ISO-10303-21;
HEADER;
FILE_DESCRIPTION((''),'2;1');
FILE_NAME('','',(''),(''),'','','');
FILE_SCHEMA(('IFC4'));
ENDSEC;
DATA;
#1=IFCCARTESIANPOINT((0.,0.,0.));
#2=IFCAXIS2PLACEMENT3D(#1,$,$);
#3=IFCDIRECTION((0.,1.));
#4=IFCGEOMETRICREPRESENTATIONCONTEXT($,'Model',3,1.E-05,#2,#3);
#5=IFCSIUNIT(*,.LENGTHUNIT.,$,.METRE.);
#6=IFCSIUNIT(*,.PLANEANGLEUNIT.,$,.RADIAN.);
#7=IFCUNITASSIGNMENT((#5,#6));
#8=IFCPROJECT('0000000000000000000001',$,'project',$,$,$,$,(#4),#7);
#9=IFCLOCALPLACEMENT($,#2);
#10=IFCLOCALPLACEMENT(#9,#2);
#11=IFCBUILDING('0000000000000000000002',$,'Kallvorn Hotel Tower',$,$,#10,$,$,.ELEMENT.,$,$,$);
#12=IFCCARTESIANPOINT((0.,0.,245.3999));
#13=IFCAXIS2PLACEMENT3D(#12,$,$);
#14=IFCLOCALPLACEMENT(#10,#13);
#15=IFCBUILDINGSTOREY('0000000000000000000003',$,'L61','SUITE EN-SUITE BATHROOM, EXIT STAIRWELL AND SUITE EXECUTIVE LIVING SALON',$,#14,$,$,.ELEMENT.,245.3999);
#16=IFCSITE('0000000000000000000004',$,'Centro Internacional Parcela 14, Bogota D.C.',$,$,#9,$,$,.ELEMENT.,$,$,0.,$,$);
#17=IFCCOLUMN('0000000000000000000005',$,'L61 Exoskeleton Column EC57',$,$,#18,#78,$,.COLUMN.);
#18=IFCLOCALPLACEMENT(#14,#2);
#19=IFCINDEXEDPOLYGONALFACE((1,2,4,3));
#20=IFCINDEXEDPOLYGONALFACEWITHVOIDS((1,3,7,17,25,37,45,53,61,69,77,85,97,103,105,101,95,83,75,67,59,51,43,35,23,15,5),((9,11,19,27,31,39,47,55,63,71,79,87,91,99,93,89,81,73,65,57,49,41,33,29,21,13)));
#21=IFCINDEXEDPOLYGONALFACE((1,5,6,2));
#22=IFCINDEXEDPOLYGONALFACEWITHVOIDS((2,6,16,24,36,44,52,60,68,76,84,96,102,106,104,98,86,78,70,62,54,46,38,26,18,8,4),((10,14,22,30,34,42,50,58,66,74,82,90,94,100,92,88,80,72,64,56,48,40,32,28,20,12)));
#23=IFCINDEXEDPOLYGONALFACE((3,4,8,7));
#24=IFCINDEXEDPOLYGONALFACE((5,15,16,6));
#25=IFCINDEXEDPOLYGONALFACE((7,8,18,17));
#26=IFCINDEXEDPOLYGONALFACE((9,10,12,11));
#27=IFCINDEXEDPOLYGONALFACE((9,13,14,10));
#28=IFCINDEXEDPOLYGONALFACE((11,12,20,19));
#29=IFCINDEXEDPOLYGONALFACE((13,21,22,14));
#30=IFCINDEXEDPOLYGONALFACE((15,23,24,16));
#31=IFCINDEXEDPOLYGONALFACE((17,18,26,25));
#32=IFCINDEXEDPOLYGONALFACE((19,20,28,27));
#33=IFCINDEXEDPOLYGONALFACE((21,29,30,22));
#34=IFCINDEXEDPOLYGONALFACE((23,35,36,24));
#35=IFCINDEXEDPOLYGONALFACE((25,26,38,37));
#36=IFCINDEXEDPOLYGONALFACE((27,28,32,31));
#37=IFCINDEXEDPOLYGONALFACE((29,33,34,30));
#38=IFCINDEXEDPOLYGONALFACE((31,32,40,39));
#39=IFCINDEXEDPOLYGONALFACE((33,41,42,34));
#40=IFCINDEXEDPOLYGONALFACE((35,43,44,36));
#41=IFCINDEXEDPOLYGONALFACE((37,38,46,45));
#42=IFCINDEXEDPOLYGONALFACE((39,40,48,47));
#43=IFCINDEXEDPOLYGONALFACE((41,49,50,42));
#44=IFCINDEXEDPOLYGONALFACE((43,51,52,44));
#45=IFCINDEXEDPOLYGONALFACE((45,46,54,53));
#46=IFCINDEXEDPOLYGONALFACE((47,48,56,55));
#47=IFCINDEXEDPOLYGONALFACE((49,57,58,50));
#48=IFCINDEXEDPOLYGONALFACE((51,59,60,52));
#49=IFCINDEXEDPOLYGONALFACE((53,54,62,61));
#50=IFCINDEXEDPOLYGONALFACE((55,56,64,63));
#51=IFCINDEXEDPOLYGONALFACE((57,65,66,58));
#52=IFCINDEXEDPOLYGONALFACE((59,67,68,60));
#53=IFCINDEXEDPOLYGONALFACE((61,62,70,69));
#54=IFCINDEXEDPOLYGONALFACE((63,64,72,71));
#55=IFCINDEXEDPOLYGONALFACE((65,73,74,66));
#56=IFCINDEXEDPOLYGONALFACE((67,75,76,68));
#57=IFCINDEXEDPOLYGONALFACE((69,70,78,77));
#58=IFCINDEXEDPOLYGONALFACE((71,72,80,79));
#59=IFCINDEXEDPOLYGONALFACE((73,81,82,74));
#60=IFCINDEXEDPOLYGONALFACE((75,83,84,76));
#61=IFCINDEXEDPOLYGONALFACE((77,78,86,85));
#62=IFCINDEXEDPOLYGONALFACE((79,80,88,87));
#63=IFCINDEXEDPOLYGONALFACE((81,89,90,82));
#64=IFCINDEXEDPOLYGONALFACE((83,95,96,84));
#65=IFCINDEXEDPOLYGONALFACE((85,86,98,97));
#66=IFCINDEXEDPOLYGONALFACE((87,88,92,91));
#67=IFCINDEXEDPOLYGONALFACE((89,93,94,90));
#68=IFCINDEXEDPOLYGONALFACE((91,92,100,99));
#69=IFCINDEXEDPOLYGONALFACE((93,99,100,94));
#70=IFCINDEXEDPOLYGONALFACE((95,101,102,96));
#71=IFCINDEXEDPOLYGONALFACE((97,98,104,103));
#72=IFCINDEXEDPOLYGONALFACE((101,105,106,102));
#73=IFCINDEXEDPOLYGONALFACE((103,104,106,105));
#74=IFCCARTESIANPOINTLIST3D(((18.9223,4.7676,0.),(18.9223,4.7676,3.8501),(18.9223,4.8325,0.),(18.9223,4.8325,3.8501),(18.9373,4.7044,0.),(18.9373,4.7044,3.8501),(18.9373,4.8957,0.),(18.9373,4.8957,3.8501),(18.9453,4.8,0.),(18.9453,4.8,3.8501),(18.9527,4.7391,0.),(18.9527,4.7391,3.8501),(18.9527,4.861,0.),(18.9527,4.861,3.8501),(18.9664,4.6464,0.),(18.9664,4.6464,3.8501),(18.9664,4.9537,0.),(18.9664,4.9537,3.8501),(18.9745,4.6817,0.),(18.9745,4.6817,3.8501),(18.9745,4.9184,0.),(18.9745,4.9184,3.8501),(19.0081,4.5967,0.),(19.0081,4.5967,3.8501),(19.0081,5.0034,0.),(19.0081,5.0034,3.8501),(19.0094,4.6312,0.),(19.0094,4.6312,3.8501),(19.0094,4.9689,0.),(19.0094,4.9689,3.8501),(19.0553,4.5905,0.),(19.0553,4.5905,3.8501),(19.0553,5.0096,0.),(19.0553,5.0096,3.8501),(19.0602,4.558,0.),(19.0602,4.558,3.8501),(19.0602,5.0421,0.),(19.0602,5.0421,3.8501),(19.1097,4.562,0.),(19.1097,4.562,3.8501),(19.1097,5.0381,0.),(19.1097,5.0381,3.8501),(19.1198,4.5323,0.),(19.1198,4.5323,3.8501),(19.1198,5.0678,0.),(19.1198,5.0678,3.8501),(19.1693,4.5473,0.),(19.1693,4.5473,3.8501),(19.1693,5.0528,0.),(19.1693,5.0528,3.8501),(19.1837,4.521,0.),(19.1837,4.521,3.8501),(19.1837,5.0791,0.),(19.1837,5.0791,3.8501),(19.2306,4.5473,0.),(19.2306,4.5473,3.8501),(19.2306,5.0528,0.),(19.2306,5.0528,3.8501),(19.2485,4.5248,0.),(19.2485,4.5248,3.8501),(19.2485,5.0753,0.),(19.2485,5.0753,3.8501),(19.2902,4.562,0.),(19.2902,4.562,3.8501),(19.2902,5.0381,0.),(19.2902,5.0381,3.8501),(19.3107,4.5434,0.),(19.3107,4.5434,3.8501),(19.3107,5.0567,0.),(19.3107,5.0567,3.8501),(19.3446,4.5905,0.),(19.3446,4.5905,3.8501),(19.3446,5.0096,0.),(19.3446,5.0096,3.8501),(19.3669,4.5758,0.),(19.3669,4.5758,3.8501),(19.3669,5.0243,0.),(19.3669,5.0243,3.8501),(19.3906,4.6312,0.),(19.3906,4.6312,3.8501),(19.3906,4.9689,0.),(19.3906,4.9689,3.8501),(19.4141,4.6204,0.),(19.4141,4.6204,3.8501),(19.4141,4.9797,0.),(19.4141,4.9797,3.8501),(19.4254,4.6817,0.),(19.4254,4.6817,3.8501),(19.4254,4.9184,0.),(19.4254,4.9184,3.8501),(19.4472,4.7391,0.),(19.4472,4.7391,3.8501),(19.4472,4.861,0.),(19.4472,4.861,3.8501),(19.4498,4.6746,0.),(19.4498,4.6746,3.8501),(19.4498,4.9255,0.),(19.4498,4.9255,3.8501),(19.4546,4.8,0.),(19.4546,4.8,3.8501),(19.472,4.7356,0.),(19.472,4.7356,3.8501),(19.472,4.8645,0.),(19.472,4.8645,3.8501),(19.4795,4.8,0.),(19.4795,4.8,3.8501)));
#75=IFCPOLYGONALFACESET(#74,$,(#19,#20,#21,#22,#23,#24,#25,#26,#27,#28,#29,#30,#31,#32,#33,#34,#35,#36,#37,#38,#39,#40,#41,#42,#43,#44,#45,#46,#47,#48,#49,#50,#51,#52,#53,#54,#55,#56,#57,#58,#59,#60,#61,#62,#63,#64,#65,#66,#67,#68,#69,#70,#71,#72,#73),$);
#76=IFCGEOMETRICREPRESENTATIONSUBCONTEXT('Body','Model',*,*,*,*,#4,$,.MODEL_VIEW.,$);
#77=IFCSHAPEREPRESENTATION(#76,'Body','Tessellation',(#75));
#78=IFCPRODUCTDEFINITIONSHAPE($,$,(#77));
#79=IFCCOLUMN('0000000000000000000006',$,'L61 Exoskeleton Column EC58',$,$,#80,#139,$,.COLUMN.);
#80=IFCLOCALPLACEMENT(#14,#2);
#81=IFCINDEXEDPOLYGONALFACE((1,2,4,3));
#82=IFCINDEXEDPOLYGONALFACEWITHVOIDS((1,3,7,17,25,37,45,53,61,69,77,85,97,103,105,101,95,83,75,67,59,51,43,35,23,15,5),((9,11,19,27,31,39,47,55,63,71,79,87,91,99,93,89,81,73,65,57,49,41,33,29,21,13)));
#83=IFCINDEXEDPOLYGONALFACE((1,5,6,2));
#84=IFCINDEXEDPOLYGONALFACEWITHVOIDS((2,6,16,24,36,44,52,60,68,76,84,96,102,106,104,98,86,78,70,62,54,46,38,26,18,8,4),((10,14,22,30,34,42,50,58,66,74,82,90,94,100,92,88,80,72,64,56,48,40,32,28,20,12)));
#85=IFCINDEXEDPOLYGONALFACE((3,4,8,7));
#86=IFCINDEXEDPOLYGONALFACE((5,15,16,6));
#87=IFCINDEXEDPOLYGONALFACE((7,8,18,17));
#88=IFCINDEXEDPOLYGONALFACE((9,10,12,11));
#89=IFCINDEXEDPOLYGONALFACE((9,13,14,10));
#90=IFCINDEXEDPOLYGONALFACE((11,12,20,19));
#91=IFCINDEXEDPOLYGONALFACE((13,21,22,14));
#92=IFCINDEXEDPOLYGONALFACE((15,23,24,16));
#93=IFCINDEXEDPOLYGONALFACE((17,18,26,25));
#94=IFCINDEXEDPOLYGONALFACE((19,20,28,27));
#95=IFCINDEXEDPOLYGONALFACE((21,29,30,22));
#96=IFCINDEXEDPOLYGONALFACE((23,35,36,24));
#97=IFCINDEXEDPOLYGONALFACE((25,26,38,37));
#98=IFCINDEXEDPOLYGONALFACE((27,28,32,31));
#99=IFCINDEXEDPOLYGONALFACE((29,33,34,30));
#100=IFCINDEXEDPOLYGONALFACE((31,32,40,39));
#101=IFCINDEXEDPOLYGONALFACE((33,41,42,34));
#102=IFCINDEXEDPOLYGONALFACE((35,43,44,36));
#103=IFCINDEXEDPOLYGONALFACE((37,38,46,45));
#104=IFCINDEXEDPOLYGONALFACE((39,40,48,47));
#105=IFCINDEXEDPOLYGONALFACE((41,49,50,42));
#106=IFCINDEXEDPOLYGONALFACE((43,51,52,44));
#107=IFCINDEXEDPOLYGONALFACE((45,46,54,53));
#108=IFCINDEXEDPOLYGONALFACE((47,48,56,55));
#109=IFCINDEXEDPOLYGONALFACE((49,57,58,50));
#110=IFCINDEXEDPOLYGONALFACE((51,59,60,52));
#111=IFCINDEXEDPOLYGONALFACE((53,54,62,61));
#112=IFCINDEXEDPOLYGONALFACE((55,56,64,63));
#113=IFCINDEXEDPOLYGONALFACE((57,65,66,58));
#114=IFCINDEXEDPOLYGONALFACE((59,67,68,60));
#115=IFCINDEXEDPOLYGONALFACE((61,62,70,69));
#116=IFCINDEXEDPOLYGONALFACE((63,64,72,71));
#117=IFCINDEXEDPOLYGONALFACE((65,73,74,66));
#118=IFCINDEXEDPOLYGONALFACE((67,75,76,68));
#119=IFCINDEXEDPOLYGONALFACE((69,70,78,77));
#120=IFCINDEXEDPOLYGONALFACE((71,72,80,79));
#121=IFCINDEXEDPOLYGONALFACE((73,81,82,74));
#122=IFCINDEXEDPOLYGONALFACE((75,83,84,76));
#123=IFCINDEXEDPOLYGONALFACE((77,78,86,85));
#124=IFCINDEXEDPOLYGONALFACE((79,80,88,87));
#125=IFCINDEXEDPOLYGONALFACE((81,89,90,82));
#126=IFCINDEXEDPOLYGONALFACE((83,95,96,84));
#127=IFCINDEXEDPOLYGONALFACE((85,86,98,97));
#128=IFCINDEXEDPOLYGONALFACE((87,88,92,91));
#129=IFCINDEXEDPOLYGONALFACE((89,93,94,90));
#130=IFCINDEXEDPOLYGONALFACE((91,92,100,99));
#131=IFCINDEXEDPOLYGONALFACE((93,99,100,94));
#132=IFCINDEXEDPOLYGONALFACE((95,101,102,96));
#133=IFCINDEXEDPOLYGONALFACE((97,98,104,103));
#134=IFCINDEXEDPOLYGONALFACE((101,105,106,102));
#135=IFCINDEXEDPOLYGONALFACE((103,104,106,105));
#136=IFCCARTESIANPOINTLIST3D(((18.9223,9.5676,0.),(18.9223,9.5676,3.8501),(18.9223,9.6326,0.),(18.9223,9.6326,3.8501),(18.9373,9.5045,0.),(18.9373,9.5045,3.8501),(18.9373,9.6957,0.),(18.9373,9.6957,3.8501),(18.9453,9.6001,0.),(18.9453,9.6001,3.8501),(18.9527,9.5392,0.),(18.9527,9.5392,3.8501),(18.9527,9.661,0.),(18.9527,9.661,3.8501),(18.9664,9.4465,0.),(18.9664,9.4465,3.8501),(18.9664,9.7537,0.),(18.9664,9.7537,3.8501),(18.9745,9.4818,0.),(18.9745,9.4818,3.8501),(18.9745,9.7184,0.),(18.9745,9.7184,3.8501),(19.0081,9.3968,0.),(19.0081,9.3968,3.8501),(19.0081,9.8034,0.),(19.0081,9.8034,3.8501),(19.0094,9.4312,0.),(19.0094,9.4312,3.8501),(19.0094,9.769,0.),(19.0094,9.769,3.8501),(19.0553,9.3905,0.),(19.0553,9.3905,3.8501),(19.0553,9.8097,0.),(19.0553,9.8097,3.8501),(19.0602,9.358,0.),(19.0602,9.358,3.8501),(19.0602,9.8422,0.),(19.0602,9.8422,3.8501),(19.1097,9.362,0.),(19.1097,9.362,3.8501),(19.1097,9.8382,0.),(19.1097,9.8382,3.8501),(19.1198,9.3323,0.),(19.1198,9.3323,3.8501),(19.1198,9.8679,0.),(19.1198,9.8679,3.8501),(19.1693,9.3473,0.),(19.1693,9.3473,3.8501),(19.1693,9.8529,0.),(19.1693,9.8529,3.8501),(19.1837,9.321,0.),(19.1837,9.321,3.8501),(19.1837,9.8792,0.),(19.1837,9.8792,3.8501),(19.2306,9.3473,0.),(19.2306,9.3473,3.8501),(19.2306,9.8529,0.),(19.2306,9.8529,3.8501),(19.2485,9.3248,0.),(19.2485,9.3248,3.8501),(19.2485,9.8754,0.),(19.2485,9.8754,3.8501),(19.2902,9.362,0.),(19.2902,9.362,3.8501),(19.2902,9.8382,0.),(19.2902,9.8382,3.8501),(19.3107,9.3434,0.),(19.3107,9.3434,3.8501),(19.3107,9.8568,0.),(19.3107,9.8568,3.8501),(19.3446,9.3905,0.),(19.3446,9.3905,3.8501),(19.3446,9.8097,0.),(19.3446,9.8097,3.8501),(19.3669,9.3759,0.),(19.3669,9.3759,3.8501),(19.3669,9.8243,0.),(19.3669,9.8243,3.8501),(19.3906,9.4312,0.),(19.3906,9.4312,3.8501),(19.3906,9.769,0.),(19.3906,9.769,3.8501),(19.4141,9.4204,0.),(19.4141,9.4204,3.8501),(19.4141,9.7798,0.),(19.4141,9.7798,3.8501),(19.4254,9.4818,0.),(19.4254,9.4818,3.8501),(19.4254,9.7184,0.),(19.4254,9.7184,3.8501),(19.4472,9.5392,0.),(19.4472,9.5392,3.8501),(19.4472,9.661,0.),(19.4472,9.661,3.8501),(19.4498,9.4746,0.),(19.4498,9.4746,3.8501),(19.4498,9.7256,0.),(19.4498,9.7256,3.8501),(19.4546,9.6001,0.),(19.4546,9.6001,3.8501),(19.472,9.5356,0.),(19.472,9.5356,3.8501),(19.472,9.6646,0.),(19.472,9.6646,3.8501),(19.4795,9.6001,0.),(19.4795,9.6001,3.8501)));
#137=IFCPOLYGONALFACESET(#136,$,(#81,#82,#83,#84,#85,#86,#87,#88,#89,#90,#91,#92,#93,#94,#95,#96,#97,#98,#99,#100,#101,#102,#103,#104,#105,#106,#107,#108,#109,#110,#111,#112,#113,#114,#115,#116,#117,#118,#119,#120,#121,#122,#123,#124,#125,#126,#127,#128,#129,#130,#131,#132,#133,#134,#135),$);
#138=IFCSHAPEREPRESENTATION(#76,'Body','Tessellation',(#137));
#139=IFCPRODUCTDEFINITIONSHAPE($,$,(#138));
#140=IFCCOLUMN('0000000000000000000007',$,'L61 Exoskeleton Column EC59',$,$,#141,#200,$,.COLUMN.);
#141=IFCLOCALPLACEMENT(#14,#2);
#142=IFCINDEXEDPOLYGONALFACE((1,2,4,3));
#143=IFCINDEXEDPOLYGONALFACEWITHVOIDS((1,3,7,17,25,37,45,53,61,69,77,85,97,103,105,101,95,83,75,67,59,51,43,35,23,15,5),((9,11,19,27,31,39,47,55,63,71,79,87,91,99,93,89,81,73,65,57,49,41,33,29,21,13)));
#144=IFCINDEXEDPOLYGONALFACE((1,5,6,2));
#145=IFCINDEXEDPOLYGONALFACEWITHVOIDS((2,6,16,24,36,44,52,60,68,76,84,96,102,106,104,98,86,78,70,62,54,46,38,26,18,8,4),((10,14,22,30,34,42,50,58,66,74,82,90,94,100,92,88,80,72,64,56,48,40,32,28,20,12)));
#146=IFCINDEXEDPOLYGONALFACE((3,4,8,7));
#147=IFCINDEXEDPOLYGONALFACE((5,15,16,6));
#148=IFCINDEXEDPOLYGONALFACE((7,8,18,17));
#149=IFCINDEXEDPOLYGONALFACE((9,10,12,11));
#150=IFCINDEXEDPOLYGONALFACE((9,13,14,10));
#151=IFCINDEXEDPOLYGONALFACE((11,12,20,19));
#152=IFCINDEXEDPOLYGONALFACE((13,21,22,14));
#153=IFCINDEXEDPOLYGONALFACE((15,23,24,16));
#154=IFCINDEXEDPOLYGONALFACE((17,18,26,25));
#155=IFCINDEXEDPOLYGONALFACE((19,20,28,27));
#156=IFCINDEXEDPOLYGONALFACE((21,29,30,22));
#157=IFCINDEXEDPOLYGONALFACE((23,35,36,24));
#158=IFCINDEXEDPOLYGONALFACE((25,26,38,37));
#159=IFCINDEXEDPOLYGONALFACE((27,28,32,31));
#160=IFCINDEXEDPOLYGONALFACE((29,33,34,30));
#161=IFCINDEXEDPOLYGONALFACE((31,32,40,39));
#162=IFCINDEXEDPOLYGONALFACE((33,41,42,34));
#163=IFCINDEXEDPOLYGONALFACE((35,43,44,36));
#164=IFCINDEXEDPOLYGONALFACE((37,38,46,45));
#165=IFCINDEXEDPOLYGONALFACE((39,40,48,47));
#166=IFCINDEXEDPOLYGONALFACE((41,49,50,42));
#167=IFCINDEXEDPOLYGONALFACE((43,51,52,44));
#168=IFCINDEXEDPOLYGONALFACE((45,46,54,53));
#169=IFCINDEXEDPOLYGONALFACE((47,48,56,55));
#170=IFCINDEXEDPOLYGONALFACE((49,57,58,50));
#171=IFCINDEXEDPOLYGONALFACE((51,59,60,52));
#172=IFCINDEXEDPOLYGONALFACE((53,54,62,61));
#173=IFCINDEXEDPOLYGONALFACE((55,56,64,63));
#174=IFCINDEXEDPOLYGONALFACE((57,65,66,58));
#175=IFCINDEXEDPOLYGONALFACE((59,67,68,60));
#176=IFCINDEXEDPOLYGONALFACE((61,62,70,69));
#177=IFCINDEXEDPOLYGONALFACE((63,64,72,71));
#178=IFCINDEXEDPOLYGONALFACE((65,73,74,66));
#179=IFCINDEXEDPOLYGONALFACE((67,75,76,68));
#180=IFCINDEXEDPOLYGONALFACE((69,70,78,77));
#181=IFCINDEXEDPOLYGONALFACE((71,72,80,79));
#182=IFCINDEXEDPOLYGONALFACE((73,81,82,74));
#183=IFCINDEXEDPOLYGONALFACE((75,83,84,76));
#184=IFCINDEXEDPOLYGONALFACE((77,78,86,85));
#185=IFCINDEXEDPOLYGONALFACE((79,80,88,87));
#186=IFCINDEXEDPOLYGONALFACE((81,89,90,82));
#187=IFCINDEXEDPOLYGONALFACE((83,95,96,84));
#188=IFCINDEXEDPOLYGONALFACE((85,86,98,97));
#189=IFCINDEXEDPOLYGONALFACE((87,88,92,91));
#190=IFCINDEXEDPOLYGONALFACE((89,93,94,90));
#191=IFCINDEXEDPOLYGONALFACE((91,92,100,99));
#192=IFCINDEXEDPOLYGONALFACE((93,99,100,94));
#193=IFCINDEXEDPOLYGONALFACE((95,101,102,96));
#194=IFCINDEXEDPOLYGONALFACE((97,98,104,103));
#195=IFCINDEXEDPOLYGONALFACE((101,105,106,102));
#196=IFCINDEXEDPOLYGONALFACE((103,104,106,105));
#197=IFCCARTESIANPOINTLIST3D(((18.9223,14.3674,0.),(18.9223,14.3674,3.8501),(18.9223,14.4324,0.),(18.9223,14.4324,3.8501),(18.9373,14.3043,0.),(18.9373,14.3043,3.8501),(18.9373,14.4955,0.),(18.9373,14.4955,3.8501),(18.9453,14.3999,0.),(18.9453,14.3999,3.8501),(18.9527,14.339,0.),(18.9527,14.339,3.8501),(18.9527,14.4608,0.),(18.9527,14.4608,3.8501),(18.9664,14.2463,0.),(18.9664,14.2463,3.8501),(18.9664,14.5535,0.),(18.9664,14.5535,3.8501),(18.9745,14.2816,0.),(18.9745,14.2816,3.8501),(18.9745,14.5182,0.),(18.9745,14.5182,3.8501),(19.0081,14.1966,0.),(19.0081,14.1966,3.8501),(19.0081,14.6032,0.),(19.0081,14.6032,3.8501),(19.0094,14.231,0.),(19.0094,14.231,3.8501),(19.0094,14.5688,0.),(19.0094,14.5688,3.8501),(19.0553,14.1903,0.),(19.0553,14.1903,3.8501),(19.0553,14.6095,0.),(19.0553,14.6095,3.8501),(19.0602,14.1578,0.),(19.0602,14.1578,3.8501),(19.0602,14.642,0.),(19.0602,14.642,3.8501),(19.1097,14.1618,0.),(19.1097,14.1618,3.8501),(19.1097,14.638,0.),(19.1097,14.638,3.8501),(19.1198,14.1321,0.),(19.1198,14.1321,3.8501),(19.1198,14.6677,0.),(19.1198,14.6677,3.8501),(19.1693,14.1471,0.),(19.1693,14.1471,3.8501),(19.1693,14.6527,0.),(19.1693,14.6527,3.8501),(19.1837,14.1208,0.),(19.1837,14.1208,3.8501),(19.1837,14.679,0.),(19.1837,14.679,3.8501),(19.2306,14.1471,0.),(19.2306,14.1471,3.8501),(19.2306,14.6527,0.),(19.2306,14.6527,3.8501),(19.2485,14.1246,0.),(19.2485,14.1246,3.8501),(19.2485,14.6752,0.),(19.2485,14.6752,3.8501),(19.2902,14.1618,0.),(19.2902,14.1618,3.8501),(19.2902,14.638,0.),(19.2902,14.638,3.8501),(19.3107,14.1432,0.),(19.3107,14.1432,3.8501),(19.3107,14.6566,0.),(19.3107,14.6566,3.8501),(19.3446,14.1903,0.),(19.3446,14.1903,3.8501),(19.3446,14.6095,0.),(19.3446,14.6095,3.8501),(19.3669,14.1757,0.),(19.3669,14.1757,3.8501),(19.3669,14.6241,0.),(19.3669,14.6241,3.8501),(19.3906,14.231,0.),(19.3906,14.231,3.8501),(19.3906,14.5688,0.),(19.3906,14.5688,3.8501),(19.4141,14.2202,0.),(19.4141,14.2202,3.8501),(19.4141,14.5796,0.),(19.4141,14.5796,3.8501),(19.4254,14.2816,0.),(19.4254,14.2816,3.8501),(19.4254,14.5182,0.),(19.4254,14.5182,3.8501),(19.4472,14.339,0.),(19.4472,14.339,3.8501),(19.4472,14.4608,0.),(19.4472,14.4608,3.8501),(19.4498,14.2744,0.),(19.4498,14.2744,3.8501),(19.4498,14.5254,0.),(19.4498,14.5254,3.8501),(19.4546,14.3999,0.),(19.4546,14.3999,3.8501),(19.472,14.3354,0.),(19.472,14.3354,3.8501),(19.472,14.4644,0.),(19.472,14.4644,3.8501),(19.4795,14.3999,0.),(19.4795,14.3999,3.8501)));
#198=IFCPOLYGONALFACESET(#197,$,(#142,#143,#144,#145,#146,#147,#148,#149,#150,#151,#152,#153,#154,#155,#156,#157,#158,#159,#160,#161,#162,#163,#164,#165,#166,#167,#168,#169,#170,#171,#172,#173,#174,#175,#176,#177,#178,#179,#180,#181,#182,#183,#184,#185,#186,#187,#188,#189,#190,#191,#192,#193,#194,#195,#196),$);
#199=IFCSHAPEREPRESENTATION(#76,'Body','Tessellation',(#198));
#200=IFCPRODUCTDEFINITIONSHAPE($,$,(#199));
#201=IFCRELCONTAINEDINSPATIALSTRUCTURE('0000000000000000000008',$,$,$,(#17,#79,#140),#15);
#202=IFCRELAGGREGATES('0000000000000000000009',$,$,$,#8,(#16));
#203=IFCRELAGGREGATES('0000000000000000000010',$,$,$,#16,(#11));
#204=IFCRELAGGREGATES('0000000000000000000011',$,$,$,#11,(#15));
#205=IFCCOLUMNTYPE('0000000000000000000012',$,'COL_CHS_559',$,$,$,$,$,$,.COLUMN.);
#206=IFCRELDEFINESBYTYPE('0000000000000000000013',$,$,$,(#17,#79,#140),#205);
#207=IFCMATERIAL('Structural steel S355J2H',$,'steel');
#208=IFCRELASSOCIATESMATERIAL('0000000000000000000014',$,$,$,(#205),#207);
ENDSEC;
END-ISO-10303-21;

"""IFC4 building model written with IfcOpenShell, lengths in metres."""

from ifc_helpers import new_model, si_unit, direction, frame, origin, origin_2d, place, context, subcontext, project, spatial, hollow_circle, extrude, material, material_profile, profile_set, type_object, element, save


model = new_model("IFC4")

# Units and contexts
model_context = context("Model", 3, precision=1e-05, world=origin(), true_north=direction((0.0, 1.0)))
body_context = subcontext(model_context, "Body", "Model", "MODEL_VIEW")
ifc_project = project(units=[si_unit("LENGTHUNIT", "METRE"), si_unit("PLANEANGLEUNIT", "RADIAN")], contexts=[model_context])

# Site, building, storey
site_placement = place(None, origin())
site = spatial("IfcSite", under=ifc_project, at=site_placement, Name="Centro Internacional Parcela 14, Bogota D.C.", CompositionType="ELEMENT", RefElevation=0.0)
building_placement = place(site_placement, origin())
building = spatial("IfcBuilding", under=site, at=building_placement, Name="Kallvorn Hotel Tower", CompositionType="ELEMENT")
storey_placement = place(building_placement, frame((0.0, 0.0, 245.3999)))
storey = spatial("IfcBuildingStorey", under=building, at=storey_placement, Name="L61", Description="SUITE EN-SUITE BATHROOM, EXIT STAIRWELL AND SUITE EXECUTIVE LIVING SALON", CompositionType="ELEMENT", Elevation=245.3999)

# Columns
ifc_material_1 = material(Name="Structural steel S355J2H", Category="steel")
ifc_material_profile_1 = material_profile(ifc_material_1, hollow_circle(Radius=0.2795, WallThickness=0.0249, at=origin_2d()), Name="CHS 559x25")
ifc_profile_set_1 = profile_set([ifc_material_profile_1], Name="Structural steel S355J2H")
column_type_1 = type_object("IfcColumnType", Name="COL_CHS_559", PredefinedType="COLUMN", material=ifc_profile_set_1)
for number, where, z_axis, x_axis, name in (
    (1, (19.2, 4.8, 0.0), (0.0, 0.0, 1.0), (1.0, 0.0, 0.0), "L61 Exoskeleton Column EC57"),
    (2, (19.2, 9.6001, 0.0), (0.0, 0.0, 1.0), (1.0, 0.0, 0.0), "L61 Exoskeleton Column EC58"),
    (3, (19.2, 14.3999, 0.0), (0.0, 0.0, 1.0), (1.0, 0.0, 0.0), "L61 Exoskeleton Column EC59"),
):
    element("IfcColumn", number, at=place(storey_placement, frame(where, z_axis=z_axis, x_axis=x_axis)), inside=storey, type_object=column_type_1, Name=name, PredefinedType="COLUMN", context=body_context, shape_type="SweptSolid", body=[
        extrude(hollow_circle(Radius=0.2795, WallThickness=0.0249, at=origin_2d()), origin(), (0.0, 0.0, 1.0), 3.8501),
    ])

save(model, "model.ifc")
